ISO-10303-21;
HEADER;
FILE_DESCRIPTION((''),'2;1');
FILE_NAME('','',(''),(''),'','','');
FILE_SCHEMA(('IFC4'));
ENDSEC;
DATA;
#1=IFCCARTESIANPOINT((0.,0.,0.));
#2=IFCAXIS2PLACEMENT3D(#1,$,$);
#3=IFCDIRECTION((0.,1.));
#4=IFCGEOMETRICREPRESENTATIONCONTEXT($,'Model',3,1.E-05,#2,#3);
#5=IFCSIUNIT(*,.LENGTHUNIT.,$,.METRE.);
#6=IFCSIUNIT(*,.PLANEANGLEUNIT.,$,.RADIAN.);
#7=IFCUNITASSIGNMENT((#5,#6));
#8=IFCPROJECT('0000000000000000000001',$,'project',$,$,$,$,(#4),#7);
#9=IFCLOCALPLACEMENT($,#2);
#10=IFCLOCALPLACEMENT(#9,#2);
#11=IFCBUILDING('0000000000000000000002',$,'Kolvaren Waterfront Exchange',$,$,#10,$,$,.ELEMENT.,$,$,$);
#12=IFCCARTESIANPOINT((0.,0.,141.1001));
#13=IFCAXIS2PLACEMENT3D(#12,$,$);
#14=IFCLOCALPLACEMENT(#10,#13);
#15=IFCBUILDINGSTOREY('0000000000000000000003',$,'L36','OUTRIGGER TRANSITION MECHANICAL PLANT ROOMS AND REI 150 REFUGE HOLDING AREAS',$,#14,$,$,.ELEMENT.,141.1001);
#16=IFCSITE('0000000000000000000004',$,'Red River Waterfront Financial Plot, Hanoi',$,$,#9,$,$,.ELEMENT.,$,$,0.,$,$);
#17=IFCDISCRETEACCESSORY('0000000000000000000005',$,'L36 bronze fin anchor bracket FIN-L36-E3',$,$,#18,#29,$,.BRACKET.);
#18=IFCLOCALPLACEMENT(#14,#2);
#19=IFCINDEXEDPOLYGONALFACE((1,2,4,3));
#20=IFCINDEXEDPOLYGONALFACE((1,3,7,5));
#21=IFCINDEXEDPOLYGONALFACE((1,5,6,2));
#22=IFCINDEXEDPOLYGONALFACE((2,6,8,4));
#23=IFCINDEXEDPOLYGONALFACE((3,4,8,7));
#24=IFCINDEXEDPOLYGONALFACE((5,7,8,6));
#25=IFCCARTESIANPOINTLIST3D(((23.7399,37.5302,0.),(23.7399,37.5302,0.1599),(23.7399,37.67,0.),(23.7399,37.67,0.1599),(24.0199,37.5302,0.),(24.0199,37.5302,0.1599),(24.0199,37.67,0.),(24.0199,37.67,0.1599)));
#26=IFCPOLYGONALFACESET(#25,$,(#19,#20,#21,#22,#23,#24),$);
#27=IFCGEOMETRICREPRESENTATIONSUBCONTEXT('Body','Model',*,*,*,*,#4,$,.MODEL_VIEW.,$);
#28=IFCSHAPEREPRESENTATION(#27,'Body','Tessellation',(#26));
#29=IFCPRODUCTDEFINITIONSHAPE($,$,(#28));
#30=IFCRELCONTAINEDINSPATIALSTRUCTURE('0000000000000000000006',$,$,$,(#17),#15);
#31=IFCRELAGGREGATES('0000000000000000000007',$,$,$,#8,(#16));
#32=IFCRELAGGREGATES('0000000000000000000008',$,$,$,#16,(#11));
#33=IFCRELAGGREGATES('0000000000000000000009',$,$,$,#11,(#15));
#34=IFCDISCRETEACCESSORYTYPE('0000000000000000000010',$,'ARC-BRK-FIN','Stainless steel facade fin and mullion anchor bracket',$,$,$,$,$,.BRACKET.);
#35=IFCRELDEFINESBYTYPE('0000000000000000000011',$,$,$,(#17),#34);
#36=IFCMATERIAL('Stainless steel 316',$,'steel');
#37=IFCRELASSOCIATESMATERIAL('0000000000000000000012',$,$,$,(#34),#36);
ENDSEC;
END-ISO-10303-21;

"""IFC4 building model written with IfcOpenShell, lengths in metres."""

from ifc_helpers import new_model, si_unit, direction, frame, origin, origin_with_axes, origin_2d, place, context, subcontext, project, spatial, rectangle, extrude, source, transform, mapped, material, type_object, element, save


model = new_model("IFC4")

# Units and contexts
model_context = context("Model", 3, precision=1e-05, world=origin(), true_north=direction((0.0, 1.0)))
body_context = subcontext(model_context, "Body", "Model", "MODEL_VIEW")
ifc_project = project(units=[si_unit("LENGTHUNIT", "METRE"), si_unit("PLANEANGLEUNIT", "RADIAN")], contexts=[model_context])

# Site, building, storey
site_placement = place(None, origin())
site = spatial("IfcSite", under=ifc_project, at=site_placement, Name="Red River Waterfront Financial Plot, Hanoi", CompositionType="ELEMENT", RefElevation=0.0)
building_placement = place(site_placement, origin())
building = spatial("IfcBuilding", under=site, at=building_placement, Name="Kolvaren Waterfront Exchange", CompositionType="ELEMENT")
storey_placement = place(building_placement, frame((0.0, 0.0, 141.1001)))
storey = spatial("IfcBuildingStorey", under=building, at=storey_placement, Name="L36", Description="OUTRIGGER TRANSITION MECHANICAL PLANT ROOMS AND REI 150 REFUGE HOLDING AREAS", CompositionType="ELEMENT", Elevation=141.1001)

# Discrete accessory
ifc_material_1 = material(Name="Stainless steel 316", Category="steel")
discrete_accessory_type = type_object("IfcDiscreteAccessoryType", Name="ARC-BRK-FIN", Description="Stainless steel facade fin and mullion anchor bracket", PredefinedType="BRACKET", material=ifc_material_1)
shared_shape_1 = source(origin_with_axes(), body_context, "Body", "SweptSolid", [
    extrude(rectangle(XDim=0.28, YDim=0.1399, at=origin_2d()), origin(), (0.0, 0.0, 1.0), 0.1599),
])
discrete_accessory_placement = place(storey_placement, frame((23.8799, 37.6001, 0.0), z_axis=(0.0, 0.0, 1.0), x_axis=(1.0, 0.0, 0.0)))
element("IfcDiscreteAccessory", 1, at=discrete_accessory_placement, inside=storey, type_object=discrete_accessory_type, Name="L36 bronze fin anchor bracket FIN-L36-E3", PredefinedType="BRACKET", context=body_context, shape_type="MappedRepresentation", body=[
    mapped(shared_shape_1, transform((0.0, 0.0, 0.0), x_axis=(1.0, 0.0, 0.0), y_axis=(0.0, 1.0, 0.0), z_axis=(0.0, 0.0, 1.0), scale=1.0)),
])

save(model, "model.ifc")
